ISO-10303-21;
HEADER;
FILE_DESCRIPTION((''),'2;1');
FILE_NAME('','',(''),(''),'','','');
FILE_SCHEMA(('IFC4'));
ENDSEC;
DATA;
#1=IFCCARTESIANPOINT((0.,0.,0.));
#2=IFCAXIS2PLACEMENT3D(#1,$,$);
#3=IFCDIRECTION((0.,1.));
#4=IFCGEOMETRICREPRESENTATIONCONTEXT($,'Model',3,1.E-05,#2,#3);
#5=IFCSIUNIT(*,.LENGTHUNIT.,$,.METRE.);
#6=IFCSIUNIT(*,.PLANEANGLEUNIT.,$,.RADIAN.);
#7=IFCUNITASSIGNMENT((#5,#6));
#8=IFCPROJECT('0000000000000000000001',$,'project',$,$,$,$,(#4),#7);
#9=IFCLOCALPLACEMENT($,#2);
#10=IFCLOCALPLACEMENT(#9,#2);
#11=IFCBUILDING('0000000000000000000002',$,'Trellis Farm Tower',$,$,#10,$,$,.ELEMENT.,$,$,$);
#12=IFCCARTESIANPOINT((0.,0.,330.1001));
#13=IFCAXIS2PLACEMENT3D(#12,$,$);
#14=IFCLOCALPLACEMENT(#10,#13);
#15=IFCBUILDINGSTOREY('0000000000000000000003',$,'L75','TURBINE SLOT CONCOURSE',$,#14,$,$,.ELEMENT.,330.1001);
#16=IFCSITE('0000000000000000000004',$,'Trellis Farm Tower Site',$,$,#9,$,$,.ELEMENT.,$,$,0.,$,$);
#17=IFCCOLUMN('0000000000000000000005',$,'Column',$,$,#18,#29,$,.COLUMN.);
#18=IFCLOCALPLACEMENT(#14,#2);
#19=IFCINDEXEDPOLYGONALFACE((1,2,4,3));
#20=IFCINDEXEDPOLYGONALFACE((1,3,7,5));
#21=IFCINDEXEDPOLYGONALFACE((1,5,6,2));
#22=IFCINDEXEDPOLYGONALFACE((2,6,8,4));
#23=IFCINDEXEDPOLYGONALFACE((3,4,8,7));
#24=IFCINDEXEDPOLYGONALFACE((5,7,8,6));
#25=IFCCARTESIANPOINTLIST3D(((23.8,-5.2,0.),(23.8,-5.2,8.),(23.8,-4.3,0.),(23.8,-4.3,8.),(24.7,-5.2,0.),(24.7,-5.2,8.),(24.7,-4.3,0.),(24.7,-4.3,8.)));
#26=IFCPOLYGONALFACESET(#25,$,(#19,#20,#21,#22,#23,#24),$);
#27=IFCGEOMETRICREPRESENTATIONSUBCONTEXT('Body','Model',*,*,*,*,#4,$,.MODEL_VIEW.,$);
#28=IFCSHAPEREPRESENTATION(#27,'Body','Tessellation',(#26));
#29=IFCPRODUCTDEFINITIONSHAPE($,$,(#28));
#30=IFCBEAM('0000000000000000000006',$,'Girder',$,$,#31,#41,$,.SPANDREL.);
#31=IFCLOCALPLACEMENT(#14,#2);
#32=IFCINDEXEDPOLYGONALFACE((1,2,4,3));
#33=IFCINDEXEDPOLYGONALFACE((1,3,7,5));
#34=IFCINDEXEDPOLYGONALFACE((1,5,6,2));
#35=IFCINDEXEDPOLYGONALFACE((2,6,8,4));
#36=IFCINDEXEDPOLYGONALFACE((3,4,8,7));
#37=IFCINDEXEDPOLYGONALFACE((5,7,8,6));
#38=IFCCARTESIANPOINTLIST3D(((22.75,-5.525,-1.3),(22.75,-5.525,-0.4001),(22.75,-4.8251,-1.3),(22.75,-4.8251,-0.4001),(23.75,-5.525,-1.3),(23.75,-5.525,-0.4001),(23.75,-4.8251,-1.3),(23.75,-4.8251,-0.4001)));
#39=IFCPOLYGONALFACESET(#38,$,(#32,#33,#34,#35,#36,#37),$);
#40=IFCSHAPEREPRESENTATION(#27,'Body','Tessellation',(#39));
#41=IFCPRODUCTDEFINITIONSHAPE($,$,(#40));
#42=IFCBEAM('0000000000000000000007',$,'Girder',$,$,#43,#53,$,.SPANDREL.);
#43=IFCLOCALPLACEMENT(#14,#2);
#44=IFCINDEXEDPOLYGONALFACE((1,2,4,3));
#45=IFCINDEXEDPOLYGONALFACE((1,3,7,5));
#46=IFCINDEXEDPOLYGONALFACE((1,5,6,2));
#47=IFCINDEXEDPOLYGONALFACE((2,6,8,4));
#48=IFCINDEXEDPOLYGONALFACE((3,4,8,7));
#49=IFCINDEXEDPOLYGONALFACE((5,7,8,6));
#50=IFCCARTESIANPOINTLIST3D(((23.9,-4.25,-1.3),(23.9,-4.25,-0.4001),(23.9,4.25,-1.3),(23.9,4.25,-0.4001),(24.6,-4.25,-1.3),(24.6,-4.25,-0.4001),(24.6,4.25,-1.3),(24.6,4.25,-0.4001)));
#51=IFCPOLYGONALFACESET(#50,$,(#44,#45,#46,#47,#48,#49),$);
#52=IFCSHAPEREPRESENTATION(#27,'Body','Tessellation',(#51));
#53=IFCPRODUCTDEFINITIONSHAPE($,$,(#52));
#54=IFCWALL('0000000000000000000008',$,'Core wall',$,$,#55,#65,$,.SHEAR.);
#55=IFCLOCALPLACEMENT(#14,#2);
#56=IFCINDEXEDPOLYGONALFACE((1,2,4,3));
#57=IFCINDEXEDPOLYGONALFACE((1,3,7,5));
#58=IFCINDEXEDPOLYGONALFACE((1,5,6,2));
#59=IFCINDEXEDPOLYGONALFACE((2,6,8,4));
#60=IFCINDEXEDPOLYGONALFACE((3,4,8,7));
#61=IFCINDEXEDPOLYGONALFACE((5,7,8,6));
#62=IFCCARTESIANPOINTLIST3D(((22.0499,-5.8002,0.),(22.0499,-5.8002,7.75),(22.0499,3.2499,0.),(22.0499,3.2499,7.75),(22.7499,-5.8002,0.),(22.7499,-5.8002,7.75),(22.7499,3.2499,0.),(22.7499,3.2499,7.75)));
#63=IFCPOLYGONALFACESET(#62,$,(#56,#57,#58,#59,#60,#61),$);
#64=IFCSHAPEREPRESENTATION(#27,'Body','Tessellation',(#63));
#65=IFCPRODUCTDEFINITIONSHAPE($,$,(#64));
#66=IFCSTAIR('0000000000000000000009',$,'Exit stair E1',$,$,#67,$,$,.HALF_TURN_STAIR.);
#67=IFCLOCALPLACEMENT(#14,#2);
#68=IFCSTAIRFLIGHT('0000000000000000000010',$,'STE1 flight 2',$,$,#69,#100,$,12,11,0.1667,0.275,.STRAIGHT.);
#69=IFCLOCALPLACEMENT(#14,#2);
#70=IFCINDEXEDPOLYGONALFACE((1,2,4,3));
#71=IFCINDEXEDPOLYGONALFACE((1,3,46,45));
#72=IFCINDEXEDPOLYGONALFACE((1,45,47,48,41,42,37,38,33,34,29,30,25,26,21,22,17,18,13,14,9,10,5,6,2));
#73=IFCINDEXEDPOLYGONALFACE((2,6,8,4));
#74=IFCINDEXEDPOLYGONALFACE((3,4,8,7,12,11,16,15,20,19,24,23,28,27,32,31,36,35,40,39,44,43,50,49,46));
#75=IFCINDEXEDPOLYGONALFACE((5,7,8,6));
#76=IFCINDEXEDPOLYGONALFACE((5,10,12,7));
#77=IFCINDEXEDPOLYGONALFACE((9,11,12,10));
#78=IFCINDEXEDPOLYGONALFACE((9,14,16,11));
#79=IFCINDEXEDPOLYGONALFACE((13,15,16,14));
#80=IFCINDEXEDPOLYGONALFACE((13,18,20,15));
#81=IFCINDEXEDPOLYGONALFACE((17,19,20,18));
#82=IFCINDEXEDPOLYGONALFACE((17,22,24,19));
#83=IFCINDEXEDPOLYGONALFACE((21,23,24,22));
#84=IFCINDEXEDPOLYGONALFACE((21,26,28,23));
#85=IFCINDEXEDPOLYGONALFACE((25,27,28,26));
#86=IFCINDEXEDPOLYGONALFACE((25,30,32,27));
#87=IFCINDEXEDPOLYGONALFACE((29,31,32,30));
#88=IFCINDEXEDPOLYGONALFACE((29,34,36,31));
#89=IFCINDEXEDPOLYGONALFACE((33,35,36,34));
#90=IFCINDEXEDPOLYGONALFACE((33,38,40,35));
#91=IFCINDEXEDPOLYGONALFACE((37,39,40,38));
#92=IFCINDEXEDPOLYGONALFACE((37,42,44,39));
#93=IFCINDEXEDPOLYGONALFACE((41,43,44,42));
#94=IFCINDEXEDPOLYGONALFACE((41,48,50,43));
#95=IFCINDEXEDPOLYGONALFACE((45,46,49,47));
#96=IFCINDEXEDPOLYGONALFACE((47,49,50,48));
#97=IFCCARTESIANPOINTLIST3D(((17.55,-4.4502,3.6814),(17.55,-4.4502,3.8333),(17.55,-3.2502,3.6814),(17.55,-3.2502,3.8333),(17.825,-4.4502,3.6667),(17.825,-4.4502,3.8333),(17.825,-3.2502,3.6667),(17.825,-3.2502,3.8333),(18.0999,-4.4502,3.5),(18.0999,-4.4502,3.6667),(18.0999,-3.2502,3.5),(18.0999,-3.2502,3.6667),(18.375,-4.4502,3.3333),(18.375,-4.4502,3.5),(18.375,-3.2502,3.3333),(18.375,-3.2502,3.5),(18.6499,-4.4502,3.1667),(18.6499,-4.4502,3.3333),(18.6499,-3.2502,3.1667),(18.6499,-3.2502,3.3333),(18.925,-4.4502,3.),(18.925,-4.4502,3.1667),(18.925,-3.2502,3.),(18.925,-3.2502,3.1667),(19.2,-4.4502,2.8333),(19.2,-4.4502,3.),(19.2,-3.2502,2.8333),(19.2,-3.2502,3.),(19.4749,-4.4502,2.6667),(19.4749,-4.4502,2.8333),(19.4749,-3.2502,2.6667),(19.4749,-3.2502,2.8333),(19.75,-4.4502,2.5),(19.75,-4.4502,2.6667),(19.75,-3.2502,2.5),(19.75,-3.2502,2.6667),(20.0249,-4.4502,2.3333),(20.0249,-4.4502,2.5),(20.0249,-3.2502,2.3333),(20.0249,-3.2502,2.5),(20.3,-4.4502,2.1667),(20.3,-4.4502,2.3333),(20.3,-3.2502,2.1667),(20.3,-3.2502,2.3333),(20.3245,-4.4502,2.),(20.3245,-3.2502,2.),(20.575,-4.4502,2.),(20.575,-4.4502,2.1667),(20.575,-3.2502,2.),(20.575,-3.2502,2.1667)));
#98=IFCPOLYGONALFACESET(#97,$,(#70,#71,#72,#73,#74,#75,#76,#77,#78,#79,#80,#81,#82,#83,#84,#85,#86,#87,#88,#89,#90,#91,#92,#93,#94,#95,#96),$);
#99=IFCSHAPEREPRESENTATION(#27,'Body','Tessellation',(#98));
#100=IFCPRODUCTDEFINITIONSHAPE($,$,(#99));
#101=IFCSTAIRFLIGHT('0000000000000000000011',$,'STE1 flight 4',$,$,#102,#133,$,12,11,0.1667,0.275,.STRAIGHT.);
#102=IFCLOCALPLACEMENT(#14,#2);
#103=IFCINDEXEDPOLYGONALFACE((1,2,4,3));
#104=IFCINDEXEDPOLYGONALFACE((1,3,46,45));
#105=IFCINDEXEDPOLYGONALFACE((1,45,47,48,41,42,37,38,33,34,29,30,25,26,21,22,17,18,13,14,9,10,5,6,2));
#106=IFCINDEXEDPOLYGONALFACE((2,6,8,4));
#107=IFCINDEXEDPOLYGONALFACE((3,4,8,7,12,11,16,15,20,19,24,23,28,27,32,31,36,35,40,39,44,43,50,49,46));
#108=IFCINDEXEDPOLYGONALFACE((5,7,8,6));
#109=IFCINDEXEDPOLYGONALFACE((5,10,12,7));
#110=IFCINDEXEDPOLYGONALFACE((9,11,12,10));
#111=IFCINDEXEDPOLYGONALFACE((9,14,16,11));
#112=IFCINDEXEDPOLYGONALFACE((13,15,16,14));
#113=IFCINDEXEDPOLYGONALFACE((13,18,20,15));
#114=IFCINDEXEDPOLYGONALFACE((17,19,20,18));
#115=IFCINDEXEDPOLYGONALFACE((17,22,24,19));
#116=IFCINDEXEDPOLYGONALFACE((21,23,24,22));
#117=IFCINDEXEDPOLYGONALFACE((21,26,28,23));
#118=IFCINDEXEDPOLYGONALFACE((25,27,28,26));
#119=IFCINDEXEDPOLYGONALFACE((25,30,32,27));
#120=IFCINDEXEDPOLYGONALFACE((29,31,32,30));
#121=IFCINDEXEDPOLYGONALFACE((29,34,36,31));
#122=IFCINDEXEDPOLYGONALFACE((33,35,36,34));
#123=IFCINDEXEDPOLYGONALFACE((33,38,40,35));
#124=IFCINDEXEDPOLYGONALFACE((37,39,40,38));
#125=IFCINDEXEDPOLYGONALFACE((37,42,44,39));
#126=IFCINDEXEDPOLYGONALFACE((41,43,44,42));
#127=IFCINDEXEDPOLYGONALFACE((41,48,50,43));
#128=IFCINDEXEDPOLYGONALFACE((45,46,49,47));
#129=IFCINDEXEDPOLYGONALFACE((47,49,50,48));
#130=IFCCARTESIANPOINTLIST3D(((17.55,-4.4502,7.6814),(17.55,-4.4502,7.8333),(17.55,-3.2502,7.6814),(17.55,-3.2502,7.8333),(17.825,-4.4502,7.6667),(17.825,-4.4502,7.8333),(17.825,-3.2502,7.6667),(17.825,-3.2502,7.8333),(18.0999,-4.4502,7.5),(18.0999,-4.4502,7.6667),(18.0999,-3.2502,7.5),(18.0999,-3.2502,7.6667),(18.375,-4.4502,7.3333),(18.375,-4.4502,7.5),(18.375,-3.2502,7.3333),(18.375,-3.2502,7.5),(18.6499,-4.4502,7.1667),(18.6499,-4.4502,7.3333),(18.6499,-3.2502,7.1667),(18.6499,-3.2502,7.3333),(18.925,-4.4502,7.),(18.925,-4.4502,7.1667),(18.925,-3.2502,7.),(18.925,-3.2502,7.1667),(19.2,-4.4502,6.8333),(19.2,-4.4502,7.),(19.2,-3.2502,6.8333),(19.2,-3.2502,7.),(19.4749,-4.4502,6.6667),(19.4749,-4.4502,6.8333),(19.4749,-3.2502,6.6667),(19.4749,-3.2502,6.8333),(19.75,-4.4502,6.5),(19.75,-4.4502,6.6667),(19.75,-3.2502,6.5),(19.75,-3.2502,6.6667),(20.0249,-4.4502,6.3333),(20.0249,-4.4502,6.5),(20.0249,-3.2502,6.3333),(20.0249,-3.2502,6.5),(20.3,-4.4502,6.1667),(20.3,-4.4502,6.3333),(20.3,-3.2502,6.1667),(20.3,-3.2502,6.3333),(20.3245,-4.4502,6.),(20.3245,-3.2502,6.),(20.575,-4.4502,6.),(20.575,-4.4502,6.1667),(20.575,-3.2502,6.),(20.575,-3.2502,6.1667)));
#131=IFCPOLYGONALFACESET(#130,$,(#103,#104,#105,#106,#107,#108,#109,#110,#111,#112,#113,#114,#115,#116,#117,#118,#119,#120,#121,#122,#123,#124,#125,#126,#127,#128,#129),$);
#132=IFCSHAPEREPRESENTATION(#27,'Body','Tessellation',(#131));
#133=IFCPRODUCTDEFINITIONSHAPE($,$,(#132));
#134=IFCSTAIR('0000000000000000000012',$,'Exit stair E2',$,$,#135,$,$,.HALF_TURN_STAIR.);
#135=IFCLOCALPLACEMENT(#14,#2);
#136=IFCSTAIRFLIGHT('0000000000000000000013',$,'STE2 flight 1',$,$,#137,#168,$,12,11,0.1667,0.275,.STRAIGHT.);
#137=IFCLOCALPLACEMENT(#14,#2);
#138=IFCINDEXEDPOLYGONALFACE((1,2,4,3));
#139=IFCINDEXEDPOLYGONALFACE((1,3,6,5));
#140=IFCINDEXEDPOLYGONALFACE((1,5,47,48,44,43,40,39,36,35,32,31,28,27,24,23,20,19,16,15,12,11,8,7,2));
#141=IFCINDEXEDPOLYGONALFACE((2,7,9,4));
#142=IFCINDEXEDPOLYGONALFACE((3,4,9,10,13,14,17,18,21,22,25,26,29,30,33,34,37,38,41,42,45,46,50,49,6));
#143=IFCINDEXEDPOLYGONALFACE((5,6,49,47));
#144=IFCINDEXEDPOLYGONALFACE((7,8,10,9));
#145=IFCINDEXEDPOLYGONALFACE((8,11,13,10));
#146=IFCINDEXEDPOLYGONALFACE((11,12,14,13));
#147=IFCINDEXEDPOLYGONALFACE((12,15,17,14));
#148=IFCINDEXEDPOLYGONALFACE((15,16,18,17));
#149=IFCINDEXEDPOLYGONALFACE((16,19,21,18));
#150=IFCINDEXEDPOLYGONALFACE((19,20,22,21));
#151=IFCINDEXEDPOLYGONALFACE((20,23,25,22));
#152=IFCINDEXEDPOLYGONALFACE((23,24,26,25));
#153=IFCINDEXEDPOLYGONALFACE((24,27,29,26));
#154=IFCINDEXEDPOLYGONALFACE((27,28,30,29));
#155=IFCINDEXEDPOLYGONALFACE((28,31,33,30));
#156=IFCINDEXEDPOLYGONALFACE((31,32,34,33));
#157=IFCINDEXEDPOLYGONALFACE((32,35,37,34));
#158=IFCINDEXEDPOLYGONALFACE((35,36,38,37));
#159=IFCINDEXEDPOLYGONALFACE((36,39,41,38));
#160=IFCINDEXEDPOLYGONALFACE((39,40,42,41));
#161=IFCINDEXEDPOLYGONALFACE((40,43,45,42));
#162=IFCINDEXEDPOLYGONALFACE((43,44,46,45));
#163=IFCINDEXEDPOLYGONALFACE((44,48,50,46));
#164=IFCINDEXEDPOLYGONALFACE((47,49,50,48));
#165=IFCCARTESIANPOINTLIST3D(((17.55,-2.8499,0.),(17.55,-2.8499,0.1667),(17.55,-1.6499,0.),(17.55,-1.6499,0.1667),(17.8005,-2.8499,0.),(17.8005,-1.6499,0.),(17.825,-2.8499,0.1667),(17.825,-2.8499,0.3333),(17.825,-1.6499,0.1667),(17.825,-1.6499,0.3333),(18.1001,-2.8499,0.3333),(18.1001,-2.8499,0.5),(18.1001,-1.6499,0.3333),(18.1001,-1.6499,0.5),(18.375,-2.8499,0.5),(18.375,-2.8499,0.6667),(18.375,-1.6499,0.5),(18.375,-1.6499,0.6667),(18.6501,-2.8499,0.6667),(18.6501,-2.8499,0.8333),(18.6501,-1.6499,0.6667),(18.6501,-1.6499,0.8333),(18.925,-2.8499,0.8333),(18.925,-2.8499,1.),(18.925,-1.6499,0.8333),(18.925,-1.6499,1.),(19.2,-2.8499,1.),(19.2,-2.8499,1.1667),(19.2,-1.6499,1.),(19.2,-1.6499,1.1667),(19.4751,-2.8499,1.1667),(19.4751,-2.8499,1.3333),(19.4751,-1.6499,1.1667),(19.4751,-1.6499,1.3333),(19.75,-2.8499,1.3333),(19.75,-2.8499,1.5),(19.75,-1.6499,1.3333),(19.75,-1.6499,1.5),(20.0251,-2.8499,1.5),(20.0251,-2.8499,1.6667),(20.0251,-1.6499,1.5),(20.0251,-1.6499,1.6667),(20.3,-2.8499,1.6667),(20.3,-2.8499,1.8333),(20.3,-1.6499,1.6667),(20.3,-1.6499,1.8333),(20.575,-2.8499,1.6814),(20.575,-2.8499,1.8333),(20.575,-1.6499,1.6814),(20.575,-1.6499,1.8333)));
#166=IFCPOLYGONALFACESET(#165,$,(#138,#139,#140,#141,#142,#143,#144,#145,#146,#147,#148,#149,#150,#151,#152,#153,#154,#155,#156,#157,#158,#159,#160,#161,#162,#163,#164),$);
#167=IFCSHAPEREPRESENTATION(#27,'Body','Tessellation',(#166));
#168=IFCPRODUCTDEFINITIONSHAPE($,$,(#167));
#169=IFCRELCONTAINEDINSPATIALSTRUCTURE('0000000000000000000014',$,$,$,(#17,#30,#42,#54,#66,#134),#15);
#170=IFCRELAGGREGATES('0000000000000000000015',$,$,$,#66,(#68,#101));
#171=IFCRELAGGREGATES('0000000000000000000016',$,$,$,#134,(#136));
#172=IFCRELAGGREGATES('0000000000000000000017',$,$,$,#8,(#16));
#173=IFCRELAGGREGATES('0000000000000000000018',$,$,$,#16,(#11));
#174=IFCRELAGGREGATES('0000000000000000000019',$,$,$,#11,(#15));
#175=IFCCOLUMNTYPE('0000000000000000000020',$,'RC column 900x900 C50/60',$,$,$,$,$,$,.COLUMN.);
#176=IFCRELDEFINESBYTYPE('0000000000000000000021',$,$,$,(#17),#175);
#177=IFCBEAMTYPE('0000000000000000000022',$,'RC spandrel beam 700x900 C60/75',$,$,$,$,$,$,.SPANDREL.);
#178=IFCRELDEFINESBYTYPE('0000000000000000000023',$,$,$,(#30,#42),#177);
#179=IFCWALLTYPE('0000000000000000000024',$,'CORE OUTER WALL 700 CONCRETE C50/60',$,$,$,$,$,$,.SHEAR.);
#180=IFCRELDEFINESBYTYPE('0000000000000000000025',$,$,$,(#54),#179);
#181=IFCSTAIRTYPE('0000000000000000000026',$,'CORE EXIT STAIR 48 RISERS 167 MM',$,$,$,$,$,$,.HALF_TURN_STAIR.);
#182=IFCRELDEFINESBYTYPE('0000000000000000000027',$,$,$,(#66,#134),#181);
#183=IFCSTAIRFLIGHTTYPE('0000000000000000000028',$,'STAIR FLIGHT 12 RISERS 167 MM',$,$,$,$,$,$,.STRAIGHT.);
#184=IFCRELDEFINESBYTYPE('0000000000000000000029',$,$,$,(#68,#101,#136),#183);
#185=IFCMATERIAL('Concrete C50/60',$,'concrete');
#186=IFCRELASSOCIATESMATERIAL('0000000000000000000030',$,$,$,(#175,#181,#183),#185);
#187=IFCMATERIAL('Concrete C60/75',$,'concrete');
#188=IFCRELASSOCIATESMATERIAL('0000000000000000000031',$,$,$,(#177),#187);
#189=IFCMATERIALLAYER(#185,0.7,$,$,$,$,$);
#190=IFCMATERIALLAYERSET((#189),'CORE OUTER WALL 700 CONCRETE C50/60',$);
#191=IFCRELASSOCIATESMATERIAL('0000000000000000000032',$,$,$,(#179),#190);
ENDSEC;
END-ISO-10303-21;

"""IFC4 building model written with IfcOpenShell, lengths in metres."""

from ifc_helpers import new_model, si_unit, direction, frame, frame_2d, origin, origin_2d, place, context, subcontext, project, spatial, polyline, rectangle, outline, extrude, source, transform, mapped, material, layer, layer_set, material_profile, profile_set, type_object, element, aggregate, save


model = new_model("IFC4")

# Units and contexts
model_context = context("Model", 3, precision=1e-05, world=origin(), true_north=direction((0.0, 1.0)))
body_context = subcontext(model_context, "Body", "Model", "MODEL_VIEW")
ifc_project = project(units=[si_unit("LENGTHUNIT", "METRE"), si_unit("PLANEANGLEUNIT", "RADIAN")], contexts=[model_context])

# Site, building, storey
site_placement = place(None, origin())
site = spatial("IfcSite", under=ifc_project, at=site_placement, Name="Trellis Farm Tower Site", CompositionType="ELEMENT", RefElevation=0.0)
building_placement = place(site_placement, origin())
building = spatial("IfcBuilding", under=site, at=building_placement, Name="Trellis Farm Tower", CompositionType="ELEMENT")
storey_placement = place(building_placement, frame((0.0, 0.0, 330.1001)))
storey = spatial("IfcBuildingStorey", under=building, at=storey_placement, Name="L75", Description="TURBINE SLOT CONCOURSE", CompositionType="ELEMENT", Elevation=330.1001)

# Column
ifc_material_1 = material(Name="Concrete C50/60", Category="concrete")
ifc_material_profile_1 = material_profile(ifc_material_1, rectangle(XDim=0.8999, YDim=0.8999, at=origin_2d()), Name="RC column 900x900 C50/60")
ifc_profile_set_1 = profile_set([ifc_material_profile_1], Name="Concrete C50/60")
column_type = type_object("IfcColumnType", Name="RC column 900x900 C50/60", PredefinedType="COLUMN", material=ifc_profile_set_1)
shared_shape_1 = source(origin(), body_context, "Body", "SweptSolid", [
    extrude(rectangle(XDim=0.8999, YDim=0.8999, at=origin_2d()), origin(), (0.0, 0.0, 1.0), 8.0),
])
column_placement = place(storey_placement, frame((24.25, -4.75, 0.0), z_axis=(0.0, 0.0, 1.0), x_axis=(1.0, 0.0, 0.0)))
element("IfcColumn", 1, at=column_placement, inside=storey, type_object=column_type, Name="Column", PredefinedType="COLUMN", context=body_context, shape_type="MappedRepresentation", body=[
    mapped(shared_shape_1, transform((0.0, 0.0, 0.0))),
])

# Beams
ifc_material_2 = material(Name="Concrete C60/75", Category="concrete")
ifc_material_profile_2 = material_profile(ifc_material_2, rectangle(XDim=0.7, YDim=0.8999, at=origin_2d()), Name="RC spandrel beam 700x900 C60/75")
ifc_profile_set_2 = profile_set([ifc_material_profile_2], Name="Concrete C60/75")
beam_type = type_object("IfcBeamType", Name="RC spandrel beam 700x900 C60/75", PredefinedType="SPANDREL", material=ifc_profile_set_2)
shared_shape_2 = source(origin(), body_context, "Body", "SweptSolid", [
    extrude(rectangle(XDim=0.7, YDim=0.8999, at=origin_2d()), origin(), (0.0, 0.0, 1.0), 1.0),
])
beam_1_placement = place(storey_placement, frame((22.75, -5.175, -0.8501), z_axis=(1.0, 0.0, 0.0), x_axis=(0.0, 1.0, 0.0)))
element("IfcBeam", 2, at=beam_1_placement, inside=storey, type_object=beam_type, Name="Girder", PredefinedType="SPANDREL", context=body_context, shape_type="MappedRepresentation", body=[
    mapped(shared_shape_2, transform((0.0, 0.0, 0.0))),
])
shared_shape_3 = source(origin(), body_context, "Body", "SweptSolid", [
    extrude(rectangle(XDim=0.7, YDim=0.8999, at=origin_2d()), origin(), (0.0, 0.0, 1.0), 8.5),
])
beam_2_placement = place(storey_placement, frame((24.25, -4.25, -0.8501), z_axis=(0.0, 1.0, 0.0), x_axis=(-1.0, 0.0, 0.0)))
element("IfcBeam", 3, at=beam_2_placement, inside=storey, type_object=beam_type, Name="Girder", PredefinedType="SPANDREL", context=body_context, shape_type="MappedRepresentation", body=[
    mapped(shared_shape_3, transform((0.0, 0.0, 0.0))),
])

# Wall
ifc_layer = layer(ifc_material_1, 0.7)
ifc_layer_set = layer_set([ifc_layer], Name="CORE OUTER WALL 700 CONCRETE C50/60")
wall_type = type_object("IfcWallType", Name="CORE OUTER WALL 700 CONCRETE C50/60", PredefinedType="SHEAR", material=ifc_layer_set)
shared_shape_4 = source(origin(), body_context, "Body", "SweptSolid", [
    extrude(rectangle(XDim=9.05, YDim=0.7, at=frame_2d((4.5249, 0.0))), origin(), (0.0, 0.0, 1.0), 7.75),
])
wall_placement = place(storey_placement, frame((22.3999, -5.8, 0.0), z_axis=(0.0, 0.0, 1.0), x_axis=(0.0, 1.0, 0.0)))
element("IfcWall", 4, at=wall_placement, inside=storey, type_object=wall_type, Name="Core wall", PredefinedType="SHEAR", context=body_context, shape_type="MappedRepresentation", body=[
    mapped(shared_shape_4, transform((0.0, 0.0, 0.0))),
])

# Stairs, stair flights
stair_type = type_object("IfcStairType", Name="CORE EXIT STAIR 48 RISERS 167 MM", PredefinedType="HALF_TURN_STAIR", material=ifc_material_1)
placement = place(storey_placement, origin())
stair_1 = element("IfcStair", 5, at=placement, inside=storey, type_object=stair_type, Name="Exit stair E1", PredefinedType="HALF_TURN_STAIR")
stair_flight_type = type_object("IfcStairFlightType", Name="STAIR FLIGHT 12 RISERS 167 MM", PredefinedType="STRAIGHT", material=ifc_material_1)
shared_shape_5 = source(origin(), body_context, "Body", "SweptSolid", [
    extrude(outline(polyline([(0.0, 0.0), (0.0, 0.1667), (0.2749, 0.1667), (0.2749, 0.3333), (0.55, 0.3333), (0.55, 0.5), (0.825, 0.5), (0.825, 0.6667), (1.1001, 0.6667), (1.1001, 0.8333), (1.375, 0.8333), (1.375, 1.0), (1.6499, 1.0), (1.6499, 1.1667), (1.925, 1.1667), (1.925, 1.3333), (2.2, 1.3333), (2.2, 1.5), (2.4751, 1.5), (2.4751, 1.6667), (2.75, 1.6667), (2.75, 1.8333), (3.0249, 1.8333), (3.0249, 2.0), (3.0249, 1.6814), (0.2505, 0.0), (0.0, 0.0)])), frame((0.0, 0.6001, 0.0), z_axis=(0.0, -1.0, 0.0), x_axis=(1.0, 0.0, 0.0)), (0.0, 0.0, 1.0), 1.2),
])
stair_flight_1_placement = place(storey_placement, frame((20.575, -3.8501, 2.0), z_axis=(0.0, 0.0, 1.0), x_axis=(-1.0, 0.0, 0.0)))
stair_flight_1 = element("IfcStairFlight", 6, at=stair_flight_1_placement, type_object=stair_flight_type, Name="STE1 flight 2", NumberOfRisers=12, NumberOfTreads=11, PredefinedType="STRAIGHT", RiserHeight=0.1667, TreadLength=0.275, context=body_context, shape_type="MappedRepresentation", body=[
    mapped(shared_shape_5, transform((0.0, 0.0, 0.0))),
])
stair_flight_2_placement = place(storey_placement, frame((20.575, -3.8501, 6.0), z_axis=(0.0, 0.0, 1.0), x_axis=(-1.0, 0.0, 0.0)))
stair_flight_2 = element("IfcStairFlight", 7, at=stair_flight_2_placement, type_object=stair_flight_type, Name="STE1 flight 4", NumberOfRisers=12, NumberOfTreads=11, PredefinedType="STRAIGHT", RiserHeight=0.1667, TreadLength=0.275, context=body_context, shape_type="MappedRepresentation", body=[
    mapped(shared_shape_5, transform((0.0, 0.0, 0.0))),
])
aggregate(stair_1, [stair_flight_1, stair_flight_2])
stair_2 = element("IfcStair", 8, at=placement, inside=storey, type_object=stair_type, Name="Exit stair E2", PredefinedType="HALF_TURN_STAIR")
stair_flight_3_placement = place(storey_placement, frame((17.55, -2.25, 0.0), z_axis=(0.0, 0.0, 1.0), x_axis=(1.0, 0.0, 0.0)))
stair_flight_3 = element("IfcStairFlight", 9, at=stair_flight_3_placement, type_object=stair_flight_type, Name="STE2 flight 1", NumberOfRisers=12, NumberOfTreads=11, PredefinedType="STRAIGHT", RiserHeight=0.1667, TreadLength=0.275, context=body_context, shape_type="MappedRepresentation", body=[
    mapped(shared_shape_5, transform((0.0, 0.0, 0.0))),
])
aggregate(stair_2, [stair_flight_3])

save(model, "model.ifc")
